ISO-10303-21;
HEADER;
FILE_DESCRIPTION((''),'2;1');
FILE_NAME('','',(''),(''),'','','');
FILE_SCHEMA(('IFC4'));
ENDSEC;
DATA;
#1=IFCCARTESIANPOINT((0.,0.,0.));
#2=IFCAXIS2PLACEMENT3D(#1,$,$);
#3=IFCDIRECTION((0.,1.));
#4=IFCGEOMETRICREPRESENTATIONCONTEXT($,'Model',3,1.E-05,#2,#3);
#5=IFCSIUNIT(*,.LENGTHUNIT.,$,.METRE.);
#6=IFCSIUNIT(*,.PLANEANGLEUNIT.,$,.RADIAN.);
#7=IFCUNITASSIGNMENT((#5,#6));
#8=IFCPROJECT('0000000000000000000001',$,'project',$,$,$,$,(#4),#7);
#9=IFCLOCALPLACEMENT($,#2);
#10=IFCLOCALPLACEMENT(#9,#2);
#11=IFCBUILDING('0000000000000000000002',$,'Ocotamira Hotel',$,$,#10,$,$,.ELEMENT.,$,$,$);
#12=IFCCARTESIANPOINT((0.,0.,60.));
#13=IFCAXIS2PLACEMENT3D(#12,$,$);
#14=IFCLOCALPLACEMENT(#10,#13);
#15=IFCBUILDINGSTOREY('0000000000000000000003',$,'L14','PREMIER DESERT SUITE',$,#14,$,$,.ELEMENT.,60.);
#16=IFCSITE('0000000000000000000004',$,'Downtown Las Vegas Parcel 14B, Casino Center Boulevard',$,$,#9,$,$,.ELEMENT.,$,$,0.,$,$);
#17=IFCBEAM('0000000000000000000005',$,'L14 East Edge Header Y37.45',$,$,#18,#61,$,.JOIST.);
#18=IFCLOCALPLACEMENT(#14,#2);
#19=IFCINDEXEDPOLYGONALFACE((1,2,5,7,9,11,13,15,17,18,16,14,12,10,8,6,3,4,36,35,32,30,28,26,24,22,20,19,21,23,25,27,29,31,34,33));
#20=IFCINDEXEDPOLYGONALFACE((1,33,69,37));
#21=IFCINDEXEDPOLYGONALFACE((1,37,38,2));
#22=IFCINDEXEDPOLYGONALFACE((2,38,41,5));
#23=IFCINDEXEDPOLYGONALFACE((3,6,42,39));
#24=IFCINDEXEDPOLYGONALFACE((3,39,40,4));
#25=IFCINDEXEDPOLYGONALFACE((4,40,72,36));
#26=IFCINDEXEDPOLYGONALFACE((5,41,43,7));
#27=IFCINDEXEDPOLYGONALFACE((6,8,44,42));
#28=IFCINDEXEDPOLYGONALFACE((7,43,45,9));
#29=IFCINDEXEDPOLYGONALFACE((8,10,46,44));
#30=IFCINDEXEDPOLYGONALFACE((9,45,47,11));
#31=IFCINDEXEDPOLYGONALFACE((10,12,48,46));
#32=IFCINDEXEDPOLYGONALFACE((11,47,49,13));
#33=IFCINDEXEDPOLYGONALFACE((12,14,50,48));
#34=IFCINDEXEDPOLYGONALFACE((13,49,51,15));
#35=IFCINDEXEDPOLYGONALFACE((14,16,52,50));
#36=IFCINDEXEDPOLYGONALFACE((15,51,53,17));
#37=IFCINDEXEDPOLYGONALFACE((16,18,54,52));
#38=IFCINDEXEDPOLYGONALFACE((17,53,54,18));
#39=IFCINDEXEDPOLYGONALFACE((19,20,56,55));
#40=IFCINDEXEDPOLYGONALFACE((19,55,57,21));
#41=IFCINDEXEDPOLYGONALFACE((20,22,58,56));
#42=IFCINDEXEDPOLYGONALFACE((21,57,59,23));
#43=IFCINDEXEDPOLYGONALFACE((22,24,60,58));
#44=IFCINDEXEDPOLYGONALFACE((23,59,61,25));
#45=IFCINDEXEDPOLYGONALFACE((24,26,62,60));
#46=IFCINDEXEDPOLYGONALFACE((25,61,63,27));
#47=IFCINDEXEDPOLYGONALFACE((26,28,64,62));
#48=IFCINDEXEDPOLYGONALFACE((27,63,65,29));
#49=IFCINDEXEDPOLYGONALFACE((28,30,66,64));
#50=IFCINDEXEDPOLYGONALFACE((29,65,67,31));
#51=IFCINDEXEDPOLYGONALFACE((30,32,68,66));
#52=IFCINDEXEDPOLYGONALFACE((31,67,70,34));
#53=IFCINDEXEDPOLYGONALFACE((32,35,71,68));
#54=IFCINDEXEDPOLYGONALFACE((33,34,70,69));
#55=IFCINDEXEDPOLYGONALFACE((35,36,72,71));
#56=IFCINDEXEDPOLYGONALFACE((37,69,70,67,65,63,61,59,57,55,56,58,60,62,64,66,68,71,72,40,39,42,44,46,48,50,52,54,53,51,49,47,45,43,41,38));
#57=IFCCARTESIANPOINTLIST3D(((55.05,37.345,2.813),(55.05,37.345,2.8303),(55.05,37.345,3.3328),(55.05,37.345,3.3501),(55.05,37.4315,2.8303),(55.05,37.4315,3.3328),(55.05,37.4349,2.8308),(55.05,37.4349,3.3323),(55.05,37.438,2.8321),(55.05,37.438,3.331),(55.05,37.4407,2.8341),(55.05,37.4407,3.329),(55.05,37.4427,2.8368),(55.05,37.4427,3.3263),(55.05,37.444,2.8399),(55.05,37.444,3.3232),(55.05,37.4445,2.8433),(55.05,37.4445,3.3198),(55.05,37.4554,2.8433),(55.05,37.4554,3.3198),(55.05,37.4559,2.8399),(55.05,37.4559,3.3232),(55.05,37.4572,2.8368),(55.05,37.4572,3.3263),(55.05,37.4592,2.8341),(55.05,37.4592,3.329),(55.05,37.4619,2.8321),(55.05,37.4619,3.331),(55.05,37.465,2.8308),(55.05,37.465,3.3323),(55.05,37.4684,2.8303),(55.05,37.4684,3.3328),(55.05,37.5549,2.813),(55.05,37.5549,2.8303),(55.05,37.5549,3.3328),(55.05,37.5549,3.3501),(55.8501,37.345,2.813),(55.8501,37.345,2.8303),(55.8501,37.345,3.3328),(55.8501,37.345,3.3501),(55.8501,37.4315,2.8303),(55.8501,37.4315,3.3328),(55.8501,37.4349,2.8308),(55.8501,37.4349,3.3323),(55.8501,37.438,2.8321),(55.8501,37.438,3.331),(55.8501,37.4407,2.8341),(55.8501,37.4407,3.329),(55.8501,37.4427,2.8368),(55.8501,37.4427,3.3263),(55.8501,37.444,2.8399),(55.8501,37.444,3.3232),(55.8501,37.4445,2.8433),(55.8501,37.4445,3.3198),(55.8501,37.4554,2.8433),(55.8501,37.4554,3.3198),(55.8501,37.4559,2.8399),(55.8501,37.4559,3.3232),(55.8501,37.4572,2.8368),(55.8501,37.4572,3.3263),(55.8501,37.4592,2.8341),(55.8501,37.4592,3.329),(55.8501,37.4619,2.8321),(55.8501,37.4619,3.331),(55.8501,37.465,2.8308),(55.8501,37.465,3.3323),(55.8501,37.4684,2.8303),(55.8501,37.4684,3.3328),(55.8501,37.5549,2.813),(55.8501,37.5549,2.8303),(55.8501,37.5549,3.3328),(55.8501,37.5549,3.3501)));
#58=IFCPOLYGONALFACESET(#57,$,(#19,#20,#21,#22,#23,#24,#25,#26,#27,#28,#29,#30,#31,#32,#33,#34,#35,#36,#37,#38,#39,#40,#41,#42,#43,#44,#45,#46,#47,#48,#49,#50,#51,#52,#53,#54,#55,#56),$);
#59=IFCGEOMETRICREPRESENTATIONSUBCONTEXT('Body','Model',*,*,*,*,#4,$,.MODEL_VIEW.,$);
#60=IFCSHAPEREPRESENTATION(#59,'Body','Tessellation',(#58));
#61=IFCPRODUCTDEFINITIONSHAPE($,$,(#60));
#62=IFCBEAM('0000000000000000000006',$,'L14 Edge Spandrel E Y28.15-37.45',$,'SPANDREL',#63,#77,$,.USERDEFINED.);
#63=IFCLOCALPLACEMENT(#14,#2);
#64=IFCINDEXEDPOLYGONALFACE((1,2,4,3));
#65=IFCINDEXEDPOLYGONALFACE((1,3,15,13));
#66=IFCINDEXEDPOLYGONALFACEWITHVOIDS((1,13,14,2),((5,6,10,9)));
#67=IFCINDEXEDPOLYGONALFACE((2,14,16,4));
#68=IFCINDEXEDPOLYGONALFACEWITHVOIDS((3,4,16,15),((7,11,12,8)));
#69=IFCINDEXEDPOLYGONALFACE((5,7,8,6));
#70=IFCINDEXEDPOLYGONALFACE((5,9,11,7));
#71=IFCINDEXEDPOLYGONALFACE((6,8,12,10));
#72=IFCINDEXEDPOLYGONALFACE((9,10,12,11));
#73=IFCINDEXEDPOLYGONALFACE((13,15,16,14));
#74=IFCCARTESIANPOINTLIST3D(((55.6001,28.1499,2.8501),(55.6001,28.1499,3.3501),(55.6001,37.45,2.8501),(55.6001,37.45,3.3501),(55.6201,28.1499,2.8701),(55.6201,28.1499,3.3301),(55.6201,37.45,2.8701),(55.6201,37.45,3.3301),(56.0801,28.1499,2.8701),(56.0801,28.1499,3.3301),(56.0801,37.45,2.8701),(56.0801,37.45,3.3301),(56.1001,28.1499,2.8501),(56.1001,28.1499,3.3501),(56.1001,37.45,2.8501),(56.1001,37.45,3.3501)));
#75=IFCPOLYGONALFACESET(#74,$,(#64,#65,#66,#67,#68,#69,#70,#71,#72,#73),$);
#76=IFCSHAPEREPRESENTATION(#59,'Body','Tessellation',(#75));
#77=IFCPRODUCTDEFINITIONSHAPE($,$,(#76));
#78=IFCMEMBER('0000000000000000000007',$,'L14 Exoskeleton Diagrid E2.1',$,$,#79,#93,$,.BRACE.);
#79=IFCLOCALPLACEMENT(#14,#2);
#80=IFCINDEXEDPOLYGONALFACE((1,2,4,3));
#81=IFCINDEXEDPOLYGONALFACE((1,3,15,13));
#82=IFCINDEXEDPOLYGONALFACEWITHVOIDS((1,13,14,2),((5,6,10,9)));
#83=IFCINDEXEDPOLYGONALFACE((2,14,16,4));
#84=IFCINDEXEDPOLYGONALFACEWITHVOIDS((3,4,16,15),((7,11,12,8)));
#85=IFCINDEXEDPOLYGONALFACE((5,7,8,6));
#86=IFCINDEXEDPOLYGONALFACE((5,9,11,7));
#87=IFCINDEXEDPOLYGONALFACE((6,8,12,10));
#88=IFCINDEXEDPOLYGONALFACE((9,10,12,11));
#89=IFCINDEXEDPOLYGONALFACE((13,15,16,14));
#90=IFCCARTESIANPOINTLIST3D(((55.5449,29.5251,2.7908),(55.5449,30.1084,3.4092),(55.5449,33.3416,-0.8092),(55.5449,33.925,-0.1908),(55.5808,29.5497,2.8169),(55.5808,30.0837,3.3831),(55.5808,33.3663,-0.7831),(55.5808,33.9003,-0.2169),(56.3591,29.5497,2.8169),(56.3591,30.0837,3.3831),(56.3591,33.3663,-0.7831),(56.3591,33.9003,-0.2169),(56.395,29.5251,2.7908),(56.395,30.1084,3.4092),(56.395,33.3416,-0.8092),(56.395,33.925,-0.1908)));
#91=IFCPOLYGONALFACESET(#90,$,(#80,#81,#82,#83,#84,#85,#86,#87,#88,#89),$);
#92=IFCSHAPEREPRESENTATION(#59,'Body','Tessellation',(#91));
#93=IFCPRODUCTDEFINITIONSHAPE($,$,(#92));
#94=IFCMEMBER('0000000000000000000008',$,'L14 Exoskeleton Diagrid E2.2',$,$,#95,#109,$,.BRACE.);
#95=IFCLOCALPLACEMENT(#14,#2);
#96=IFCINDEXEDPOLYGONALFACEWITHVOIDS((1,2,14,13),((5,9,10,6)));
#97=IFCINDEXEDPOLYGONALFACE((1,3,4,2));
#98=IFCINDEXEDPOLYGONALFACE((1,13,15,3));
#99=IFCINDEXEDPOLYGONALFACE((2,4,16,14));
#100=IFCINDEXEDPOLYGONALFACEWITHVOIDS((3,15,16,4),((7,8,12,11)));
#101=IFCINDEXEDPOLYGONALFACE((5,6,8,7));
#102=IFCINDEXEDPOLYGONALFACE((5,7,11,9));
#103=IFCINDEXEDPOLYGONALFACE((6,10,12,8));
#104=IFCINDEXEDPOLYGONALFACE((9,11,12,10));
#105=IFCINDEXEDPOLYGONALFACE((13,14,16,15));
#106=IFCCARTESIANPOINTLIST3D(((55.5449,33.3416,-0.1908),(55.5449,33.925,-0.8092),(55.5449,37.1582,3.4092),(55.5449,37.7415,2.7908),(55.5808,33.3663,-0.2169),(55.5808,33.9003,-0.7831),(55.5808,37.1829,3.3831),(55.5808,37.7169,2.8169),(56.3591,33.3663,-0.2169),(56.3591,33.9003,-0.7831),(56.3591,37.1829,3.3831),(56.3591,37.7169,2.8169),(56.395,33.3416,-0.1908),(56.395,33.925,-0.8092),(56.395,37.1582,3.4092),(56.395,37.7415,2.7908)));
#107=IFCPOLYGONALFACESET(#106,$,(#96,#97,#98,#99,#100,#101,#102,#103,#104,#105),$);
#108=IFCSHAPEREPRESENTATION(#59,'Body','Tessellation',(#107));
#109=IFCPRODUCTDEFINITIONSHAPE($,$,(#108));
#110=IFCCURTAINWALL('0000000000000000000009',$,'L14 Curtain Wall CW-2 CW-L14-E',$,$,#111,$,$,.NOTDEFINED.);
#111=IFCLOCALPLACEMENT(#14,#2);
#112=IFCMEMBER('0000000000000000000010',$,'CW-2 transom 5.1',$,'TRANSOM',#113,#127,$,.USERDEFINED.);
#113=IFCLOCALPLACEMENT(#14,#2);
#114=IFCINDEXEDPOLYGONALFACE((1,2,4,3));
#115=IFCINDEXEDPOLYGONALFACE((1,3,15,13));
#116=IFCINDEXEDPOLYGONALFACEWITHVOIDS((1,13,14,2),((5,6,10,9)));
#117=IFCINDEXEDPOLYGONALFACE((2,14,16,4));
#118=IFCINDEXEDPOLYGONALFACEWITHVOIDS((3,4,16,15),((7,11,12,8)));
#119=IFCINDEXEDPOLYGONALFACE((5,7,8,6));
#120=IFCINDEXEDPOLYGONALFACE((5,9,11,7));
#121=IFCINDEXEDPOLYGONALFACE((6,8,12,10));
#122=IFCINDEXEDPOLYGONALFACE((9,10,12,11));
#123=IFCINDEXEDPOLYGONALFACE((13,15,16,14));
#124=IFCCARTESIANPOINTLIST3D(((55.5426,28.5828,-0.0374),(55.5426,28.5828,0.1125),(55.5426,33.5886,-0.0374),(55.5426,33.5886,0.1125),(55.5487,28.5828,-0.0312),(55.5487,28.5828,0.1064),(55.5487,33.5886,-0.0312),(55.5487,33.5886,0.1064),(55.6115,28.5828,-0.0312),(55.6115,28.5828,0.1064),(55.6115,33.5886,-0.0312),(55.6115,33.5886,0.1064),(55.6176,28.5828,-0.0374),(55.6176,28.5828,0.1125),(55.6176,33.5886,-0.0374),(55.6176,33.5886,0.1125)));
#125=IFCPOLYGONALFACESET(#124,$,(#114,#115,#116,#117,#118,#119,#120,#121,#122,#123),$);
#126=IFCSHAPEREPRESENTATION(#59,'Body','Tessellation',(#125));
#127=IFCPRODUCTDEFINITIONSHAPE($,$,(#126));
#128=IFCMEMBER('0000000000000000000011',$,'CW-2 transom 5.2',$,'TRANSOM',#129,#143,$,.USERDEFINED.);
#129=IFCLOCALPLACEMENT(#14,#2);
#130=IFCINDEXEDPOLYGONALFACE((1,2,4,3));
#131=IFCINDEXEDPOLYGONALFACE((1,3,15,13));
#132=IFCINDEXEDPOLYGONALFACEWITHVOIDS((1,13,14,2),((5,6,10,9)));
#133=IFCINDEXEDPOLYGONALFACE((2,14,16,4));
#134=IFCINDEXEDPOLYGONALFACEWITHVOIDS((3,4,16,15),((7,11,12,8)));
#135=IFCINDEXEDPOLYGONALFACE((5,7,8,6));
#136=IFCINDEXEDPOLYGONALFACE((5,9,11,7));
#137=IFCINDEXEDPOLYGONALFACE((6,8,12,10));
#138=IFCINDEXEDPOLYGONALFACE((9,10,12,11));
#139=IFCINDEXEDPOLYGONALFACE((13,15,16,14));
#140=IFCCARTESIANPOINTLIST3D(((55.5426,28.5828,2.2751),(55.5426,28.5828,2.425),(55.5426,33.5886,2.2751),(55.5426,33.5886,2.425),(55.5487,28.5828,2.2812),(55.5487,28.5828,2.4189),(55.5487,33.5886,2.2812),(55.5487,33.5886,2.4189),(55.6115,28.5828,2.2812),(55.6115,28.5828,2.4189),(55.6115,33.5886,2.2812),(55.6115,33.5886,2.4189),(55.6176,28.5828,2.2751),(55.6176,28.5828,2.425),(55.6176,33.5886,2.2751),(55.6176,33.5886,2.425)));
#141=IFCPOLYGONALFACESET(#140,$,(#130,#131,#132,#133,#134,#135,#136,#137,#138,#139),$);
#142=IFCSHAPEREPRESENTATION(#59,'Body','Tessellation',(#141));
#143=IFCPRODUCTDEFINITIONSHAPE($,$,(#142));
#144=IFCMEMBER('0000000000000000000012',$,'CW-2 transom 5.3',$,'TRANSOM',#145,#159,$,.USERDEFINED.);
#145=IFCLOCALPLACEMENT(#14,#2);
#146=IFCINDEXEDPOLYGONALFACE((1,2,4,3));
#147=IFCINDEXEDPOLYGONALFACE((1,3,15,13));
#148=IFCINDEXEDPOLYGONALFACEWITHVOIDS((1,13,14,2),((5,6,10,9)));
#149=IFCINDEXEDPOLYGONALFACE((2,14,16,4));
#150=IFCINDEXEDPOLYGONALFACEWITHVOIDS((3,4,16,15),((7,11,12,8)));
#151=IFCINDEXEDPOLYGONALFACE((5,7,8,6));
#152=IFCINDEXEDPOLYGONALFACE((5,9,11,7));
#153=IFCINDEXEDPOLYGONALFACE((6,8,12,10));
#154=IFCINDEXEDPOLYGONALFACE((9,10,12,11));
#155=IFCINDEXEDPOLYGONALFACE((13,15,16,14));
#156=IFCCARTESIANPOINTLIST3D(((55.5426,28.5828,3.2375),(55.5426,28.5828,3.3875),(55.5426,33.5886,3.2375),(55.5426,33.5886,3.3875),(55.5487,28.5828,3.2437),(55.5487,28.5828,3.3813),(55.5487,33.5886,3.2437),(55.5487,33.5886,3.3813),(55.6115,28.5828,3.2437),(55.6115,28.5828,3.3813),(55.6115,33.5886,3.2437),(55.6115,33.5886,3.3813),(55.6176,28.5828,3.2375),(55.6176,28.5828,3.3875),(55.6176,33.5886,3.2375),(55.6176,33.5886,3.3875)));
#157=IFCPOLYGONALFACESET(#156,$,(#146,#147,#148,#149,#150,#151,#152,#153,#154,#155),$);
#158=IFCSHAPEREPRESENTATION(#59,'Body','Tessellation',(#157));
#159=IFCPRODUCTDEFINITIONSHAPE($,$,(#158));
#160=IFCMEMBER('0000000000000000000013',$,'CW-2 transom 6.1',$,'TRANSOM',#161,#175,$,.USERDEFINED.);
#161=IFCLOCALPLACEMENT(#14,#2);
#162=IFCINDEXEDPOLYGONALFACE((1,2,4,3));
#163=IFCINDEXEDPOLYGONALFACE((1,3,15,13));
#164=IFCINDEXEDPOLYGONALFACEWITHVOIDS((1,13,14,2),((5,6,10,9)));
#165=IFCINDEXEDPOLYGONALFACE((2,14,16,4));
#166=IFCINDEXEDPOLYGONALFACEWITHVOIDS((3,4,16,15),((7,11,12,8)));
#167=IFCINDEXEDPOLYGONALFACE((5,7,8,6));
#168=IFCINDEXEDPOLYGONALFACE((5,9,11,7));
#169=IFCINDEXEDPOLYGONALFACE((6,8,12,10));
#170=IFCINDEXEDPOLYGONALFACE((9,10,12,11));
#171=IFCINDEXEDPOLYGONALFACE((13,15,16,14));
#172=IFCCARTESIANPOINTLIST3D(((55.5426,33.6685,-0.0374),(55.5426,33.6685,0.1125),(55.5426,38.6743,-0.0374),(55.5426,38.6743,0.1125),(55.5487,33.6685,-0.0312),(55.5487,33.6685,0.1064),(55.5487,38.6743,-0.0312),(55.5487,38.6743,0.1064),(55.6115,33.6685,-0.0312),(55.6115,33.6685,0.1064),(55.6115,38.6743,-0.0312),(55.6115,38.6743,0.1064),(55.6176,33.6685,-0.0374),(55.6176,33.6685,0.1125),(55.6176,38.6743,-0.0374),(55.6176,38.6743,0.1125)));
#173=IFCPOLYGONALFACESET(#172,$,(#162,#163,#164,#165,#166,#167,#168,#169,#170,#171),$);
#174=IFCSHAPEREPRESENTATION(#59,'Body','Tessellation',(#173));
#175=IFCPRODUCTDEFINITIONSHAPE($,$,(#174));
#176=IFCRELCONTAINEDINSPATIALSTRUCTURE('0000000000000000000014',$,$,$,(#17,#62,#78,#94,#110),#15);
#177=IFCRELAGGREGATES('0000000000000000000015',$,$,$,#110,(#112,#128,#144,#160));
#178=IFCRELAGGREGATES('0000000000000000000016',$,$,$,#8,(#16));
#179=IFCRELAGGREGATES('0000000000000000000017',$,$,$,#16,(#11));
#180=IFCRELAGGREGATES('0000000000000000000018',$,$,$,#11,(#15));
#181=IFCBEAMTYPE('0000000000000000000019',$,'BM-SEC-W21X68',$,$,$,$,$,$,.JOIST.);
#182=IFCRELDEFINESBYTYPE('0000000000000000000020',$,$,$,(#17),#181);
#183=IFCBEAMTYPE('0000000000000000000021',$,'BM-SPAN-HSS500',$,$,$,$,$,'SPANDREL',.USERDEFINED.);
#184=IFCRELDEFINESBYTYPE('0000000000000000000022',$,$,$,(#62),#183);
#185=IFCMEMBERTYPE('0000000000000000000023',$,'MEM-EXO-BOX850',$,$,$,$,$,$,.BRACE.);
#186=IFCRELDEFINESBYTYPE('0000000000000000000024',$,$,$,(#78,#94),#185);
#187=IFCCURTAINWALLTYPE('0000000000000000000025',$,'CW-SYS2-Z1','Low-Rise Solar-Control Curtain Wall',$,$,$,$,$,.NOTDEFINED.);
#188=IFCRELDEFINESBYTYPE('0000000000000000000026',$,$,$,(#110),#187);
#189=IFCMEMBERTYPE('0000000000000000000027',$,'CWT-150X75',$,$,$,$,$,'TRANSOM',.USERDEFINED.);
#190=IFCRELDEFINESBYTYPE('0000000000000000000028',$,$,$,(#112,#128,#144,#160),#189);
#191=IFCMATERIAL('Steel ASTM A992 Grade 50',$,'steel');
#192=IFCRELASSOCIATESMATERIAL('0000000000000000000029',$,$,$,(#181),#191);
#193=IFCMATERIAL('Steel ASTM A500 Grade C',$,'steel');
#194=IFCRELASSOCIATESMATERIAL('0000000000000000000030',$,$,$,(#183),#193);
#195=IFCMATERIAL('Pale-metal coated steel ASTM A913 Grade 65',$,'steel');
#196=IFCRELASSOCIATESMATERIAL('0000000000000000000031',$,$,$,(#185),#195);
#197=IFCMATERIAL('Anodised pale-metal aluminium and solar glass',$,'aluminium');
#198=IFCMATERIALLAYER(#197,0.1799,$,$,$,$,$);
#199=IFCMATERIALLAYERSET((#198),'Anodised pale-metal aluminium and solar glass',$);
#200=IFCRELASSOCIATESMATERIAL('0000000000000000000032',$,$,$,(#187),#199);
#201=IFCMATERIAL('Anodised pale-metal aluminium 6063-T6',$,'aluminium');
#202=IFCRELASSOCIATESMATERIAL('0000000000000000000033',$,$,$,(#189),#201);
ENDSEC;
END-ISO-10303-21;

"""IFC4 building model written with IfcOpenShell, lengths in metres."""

from ifc_helpers import new_model, si_unit, direction, frame, origin, origin_2d, place, context, subcontext, project, spatial, hollow_rectangle, i_section, extrude, source, transform, mapped, material, layer, layer_set, material_profile, profile_set, type_object, element, aggregate, save


model = new_model("IFC4")

# Units and contexts
model_context = context("Model", 3, precision=1e-05, world=origin(), true_north=direction((0.0, 1.0)))
body_context = subcontext(model_context, "Body", "Model", "MODEL_VIEW")
ifc_project = project(units=[si_unit("LENGTHUNIT", "METRE"), si_unit("PLANEANGLEUNIT", "RADIAN")], contexts=[model_context])

# Site, building, storey
site_placement = place(None, origin())
site = spatial("IfcSite", under=ifc_project, at=site_placement, Name="Downtown Las Vegas Parcel 14B, Casino Center Boulevard", CompositionType="ELEMENT", RefElevation=0.0)
building_placement = place(site_placement, origin())
building = spatial("IfcBuilding", under=site, at=building_placement, Name="Ocotamira Hotel", CompositionType="ELEMENT")
storey_placement = place(building_placement, frame((0.0, 0.0, 60.0)))
storey = spatial("IfcBuildingStorey", under=building, at=storey_placement, Name="L14", Description="PREMIER DESERT SUITE", CompositionType="ELEMENT", Elevation=60.0)

# Beams
ifc_material_1 = material(Name="Steel ASTM A500 Grade C", Category="steel")
ifc_material_2 = material(Name="Steel ASTM A992 Grade 50", Category="steel")
ifc_material_profile_1 = material_profile(ifc_material_2, i_section(OverallWidth=0.21, OverallDepth=0.5371, WebThickness=0.011, FlangeThickness=0.0173, FilletRadius=0.0129, at=origin_2d()), Name="W21X68")
ifc_profile_set_1 = profile_set([ifc_material_profile_1], Name="Steel ASTM A992 Grade 50")
beam_type_1 = type_object("IfcBeamType", Name="BM-SEC-W21X68", PredefinedType="JOIST", material=ifc_profile_set_1)
shared_shape_1 = source(origin(), body_context, "Body", "SweptSolid", [
    extrude(i_section(OverallWidth=0.21, OverallDepth=0.5371, WebThickness=0.011, FlangeThickness=0.0173, FilletRadius=0.0129, at=origin_2d()), origin(), (0.0, 0.0, 1.0), 0.8),
])
for number, where, z_axis, x_axis, name in (
    (1, (55.05, 37.45, 3.0815), (1.0, 0.0, 0.0), (0.0, 1.0, 0.0), "L14 East Edge Header Y37.45"),
):
    element("IfcBeam", number, at=place(storey_placement, frame(where, z_axis=z_axis, x_axis=x_axis)), inside=storey, type_object=beam_type_1, Name=name, PredefinedType="JOIST", context=body_context, shape_type="MappedRepresentation", body=[
        mapped(shared_shape_1, transform((0.0, 0.0, 0.0), scale=1.0)),
    ])
ifc_material_profile_2 = material_profile(ifc_material_1, hollow_rectangle(XDim=0.5, YDim=0.5, WallThickness=0.02, at=origin_2d()), Name="HSS500X500X20")
ifc_profile_set_2 = profile_set([ifc_material_profile_2], Name="Steel ASTM A500 Grade C")
beam_type_2 = type_object("IfcBeamType", Name="BM-SPAN-HSS500", ElementType="SPANDREL", PredefinedType="USERDEFINED", material=ifc_profile_set_2)
shared_shape_2 = source(origin(), body_context, "Body", "SweptSolid", [
    extrude(hollow_rectangle(XDim=0.5, YDim=0.5, WallThickness=0.02, at=origin_2d()), origin(), (0.0, 0.0, 1.0), 9.3),
])
beam_1_placement = place(storey_placement, frame((55.8501, 28.1499, 3.1001), z_axis=(0.0, 1.0, 0.0), x_axis=(-1.0, 0.0, 0.0)))
element("IfcBeam", 2, at=beam_1_placement, inside=storey, type_object=beam_type_2, Name="L14 Edge Spandrel E Y28.15-37.45", ObjectType="SPANDREL", PredefinedType="USERDEFINED", context=body_context, shape_type="MappedRepresentation", body=[
    mapped(shared_shape_2, transform((0.0, 0.0, 0.0), scale=1.0)),
])

# Members
ifc_material_3 = material(Name="Pale-metal coated steel ASTM A913 Grade 65", Category="steel")
ifc_material_profile_3 = material_profile(ifc_material_3, hollow_rectangle(XDim=0.8501, YDim=0.8501, WallThickness=0.0359, at=origin_2d()), Name="BOX850X850X36")
ifc_profile_set_3 = profile_set([ifc_material_profile_3], Name="Pale-metal coated steel ASTM A913 Grade 65")
member_type_1 = type_object("IfcMemberType", Name="MEM-EXO-BOX850", PredefinedType="BRACE", material=ifc_profile_set_3)
shared_shape_3 = source(origin(), body_context, "Body", "SweptSolid", [
    extrude(hollow_rectangle(XDim=0.8501, YDim=0.8501, WallThickness=0.0359, at=origin_2d()), origin(), (0.0, 0.0, 1.0), 5.2466),
])
for number, where, z_axis, x_axis, name in (
    (3, (55.97, 33.6333, -0.5), (0.0, -0.727443, 0.686168), (1.0, 0.0, 0.0), "L14 Exoskeleton Diagrid E2.1"),
    (4, (55.97, 33.6333, -0.5), (0.0, 0.727443, 0.686168), (-1.0, 0.0, 0.0), "L14 Exoskeleton Diagrid E2.2"),
):
    element("IfcMember", number, at=place(storey_placement, frame(where, z_axis=z_axis, x_axis=x_axis)), inside=storey, type_object=member_type_1, Name=name, PredefinedType="BRACE", context=body_context, shape_type="MappedRepresentation", body=[
        mapped(shared_shape_3, transform((0.0, 0.0, 0.0), scale=1.0)),
    ])

# Curtain wall, members
ifc_material_4 = material(Name="Anodised pale-metal aluminium and solar glass", Category="aluminium")
ifc_layer_1 = layer(ifc_material_4, 0.1799)
ifc_layer_set_1 = layer_set([ifc_layer_1], Name="Anodised pale-metal aluminium and solar glass")
curtain_wall_type = type_object("IfcCurtainWallType", Name="CW-SYS2-Z1", Description="Low-Rise Solar-Control Curtain Wall", PredefinedType="NOTDEFINED", material=ifc_layer_set_1)
curtain_wall_placement = place(storey_placement, origin())
curtain_wall = element("IfcCurtainWall", 5, at=curtain_wall_placement, inside=storey, type_object=curtain_wall_type, Name="L14 Curtain Wall CW-2 CW-L14-E", PredefinedType="NOTDEFINED")
ifc_material_5 = material(Name="Anodised pale-metal aluminium 6063-T6", Category="aluminium")
ifc_material_profile_4 = material_profile(ifc_material_5, hollow_rectangle(XDim=0.075, YDim=0.1499, WallThickness=0.0061, at=origin_2d()), Name="HSS150X75X6")
ifc_profile_set_4 = profile_set([ifc_material_profile_4], Name="Anodised pale-metal aluminium 6063-T6")
member_type_2 = type_object("IfcMemberType", Name="CWT-150X75", ElementType="TRANSOM", PredefinedType="USERDEFINED", material=ifc_profile_set_4)
shared_shape_4 = source(origin(), body_context, "Body", "SweptSolid", [
    extrude(hollow_rectangle(XDim=0.075, YDim=0.1499, WallThickness=0.0061, at=origin_2d()), origin(), (0.0, 0.0, 1.0), 5.0059),
])
member_1_placement = place(storey_placement, frame((55.5801, 28.5828, 0.0376), z_axis=(0.0, 1.0, 0.0), x_axis=(-1.0, 0.0, 0.0)))
member_1 = element("IfcMember", 6, at=member_1_placement, type_object=member_type_2, Name="CW-2 transom 5.1", ObjectType="TRANSOM", PredefinedType="USERDEFINED", context=body_context, shape_type="MappedRepresentation", body=[
    mapped(shared_shape_4, transform((0.0, 0.0, 0.0), scale=1.0)),
])
member_2_placement = place(storey_placement, frame((55.5801, 28.5828, 2.3501), z_axis=(0.0, 1.0, 0.0), x_axis=(-1.0, 0.0, 0.0)))
member_2 = element("IfcMember", 7, at=member_2_placement, type_object=member_type_2, Name="CW-2 transom 5.2", ObjectType="TRANSOM", PredefinedType="USERDEFINED", context=body_context, shape_type="MappedRepresentation", body=[
    mapped(shared_shape_4, transform((0.0, 0.0, 0.0), scale=1.0)),
])
member_3_placement = place(storey_placement, frame((55.5801, 28.5828, 3.3125), z_axis=(0.0, 1.0, 0.0), x_axis=(-1.0, 0.0, 0.0)))
member_3 = element("IfcMember", 8, at=member_3_placement, type_object=member_type_2, Name="CW-2 transom 5.3", ObjectType="TRANSOM", PredefinedType="USERDEFINED", context=body_context, shape_type="MappedRepresentation", body=[
    mapped(shared_shape_4, transform((0.0, 0.0, 0.0), scale=1.0)),
])
member_4_placement = place(storey_placement, frame((55.5801, 33.6685, 0.0376), z_axis=(0.0, 1.0, 0.0), x_axis=(-1.0, 0.0, 0.0)))
member_4 = element("IfcMember", 9, at=member_4_placement, type_object=member_type_2, Name="CW-2 transom 6.1", ObjectType="TRANSOM", PredefinedType="USERDEFINED", context=body_context, shape_type="MappedRepresentation", body=[
    mapped(shared_shape_4, transform((0.0, 0.0, 0.0), scale=1.0)),
])

aggregate(curtain_wall, [member_1, member_2, member_3, member_4])

save(model, "model.ifc")
